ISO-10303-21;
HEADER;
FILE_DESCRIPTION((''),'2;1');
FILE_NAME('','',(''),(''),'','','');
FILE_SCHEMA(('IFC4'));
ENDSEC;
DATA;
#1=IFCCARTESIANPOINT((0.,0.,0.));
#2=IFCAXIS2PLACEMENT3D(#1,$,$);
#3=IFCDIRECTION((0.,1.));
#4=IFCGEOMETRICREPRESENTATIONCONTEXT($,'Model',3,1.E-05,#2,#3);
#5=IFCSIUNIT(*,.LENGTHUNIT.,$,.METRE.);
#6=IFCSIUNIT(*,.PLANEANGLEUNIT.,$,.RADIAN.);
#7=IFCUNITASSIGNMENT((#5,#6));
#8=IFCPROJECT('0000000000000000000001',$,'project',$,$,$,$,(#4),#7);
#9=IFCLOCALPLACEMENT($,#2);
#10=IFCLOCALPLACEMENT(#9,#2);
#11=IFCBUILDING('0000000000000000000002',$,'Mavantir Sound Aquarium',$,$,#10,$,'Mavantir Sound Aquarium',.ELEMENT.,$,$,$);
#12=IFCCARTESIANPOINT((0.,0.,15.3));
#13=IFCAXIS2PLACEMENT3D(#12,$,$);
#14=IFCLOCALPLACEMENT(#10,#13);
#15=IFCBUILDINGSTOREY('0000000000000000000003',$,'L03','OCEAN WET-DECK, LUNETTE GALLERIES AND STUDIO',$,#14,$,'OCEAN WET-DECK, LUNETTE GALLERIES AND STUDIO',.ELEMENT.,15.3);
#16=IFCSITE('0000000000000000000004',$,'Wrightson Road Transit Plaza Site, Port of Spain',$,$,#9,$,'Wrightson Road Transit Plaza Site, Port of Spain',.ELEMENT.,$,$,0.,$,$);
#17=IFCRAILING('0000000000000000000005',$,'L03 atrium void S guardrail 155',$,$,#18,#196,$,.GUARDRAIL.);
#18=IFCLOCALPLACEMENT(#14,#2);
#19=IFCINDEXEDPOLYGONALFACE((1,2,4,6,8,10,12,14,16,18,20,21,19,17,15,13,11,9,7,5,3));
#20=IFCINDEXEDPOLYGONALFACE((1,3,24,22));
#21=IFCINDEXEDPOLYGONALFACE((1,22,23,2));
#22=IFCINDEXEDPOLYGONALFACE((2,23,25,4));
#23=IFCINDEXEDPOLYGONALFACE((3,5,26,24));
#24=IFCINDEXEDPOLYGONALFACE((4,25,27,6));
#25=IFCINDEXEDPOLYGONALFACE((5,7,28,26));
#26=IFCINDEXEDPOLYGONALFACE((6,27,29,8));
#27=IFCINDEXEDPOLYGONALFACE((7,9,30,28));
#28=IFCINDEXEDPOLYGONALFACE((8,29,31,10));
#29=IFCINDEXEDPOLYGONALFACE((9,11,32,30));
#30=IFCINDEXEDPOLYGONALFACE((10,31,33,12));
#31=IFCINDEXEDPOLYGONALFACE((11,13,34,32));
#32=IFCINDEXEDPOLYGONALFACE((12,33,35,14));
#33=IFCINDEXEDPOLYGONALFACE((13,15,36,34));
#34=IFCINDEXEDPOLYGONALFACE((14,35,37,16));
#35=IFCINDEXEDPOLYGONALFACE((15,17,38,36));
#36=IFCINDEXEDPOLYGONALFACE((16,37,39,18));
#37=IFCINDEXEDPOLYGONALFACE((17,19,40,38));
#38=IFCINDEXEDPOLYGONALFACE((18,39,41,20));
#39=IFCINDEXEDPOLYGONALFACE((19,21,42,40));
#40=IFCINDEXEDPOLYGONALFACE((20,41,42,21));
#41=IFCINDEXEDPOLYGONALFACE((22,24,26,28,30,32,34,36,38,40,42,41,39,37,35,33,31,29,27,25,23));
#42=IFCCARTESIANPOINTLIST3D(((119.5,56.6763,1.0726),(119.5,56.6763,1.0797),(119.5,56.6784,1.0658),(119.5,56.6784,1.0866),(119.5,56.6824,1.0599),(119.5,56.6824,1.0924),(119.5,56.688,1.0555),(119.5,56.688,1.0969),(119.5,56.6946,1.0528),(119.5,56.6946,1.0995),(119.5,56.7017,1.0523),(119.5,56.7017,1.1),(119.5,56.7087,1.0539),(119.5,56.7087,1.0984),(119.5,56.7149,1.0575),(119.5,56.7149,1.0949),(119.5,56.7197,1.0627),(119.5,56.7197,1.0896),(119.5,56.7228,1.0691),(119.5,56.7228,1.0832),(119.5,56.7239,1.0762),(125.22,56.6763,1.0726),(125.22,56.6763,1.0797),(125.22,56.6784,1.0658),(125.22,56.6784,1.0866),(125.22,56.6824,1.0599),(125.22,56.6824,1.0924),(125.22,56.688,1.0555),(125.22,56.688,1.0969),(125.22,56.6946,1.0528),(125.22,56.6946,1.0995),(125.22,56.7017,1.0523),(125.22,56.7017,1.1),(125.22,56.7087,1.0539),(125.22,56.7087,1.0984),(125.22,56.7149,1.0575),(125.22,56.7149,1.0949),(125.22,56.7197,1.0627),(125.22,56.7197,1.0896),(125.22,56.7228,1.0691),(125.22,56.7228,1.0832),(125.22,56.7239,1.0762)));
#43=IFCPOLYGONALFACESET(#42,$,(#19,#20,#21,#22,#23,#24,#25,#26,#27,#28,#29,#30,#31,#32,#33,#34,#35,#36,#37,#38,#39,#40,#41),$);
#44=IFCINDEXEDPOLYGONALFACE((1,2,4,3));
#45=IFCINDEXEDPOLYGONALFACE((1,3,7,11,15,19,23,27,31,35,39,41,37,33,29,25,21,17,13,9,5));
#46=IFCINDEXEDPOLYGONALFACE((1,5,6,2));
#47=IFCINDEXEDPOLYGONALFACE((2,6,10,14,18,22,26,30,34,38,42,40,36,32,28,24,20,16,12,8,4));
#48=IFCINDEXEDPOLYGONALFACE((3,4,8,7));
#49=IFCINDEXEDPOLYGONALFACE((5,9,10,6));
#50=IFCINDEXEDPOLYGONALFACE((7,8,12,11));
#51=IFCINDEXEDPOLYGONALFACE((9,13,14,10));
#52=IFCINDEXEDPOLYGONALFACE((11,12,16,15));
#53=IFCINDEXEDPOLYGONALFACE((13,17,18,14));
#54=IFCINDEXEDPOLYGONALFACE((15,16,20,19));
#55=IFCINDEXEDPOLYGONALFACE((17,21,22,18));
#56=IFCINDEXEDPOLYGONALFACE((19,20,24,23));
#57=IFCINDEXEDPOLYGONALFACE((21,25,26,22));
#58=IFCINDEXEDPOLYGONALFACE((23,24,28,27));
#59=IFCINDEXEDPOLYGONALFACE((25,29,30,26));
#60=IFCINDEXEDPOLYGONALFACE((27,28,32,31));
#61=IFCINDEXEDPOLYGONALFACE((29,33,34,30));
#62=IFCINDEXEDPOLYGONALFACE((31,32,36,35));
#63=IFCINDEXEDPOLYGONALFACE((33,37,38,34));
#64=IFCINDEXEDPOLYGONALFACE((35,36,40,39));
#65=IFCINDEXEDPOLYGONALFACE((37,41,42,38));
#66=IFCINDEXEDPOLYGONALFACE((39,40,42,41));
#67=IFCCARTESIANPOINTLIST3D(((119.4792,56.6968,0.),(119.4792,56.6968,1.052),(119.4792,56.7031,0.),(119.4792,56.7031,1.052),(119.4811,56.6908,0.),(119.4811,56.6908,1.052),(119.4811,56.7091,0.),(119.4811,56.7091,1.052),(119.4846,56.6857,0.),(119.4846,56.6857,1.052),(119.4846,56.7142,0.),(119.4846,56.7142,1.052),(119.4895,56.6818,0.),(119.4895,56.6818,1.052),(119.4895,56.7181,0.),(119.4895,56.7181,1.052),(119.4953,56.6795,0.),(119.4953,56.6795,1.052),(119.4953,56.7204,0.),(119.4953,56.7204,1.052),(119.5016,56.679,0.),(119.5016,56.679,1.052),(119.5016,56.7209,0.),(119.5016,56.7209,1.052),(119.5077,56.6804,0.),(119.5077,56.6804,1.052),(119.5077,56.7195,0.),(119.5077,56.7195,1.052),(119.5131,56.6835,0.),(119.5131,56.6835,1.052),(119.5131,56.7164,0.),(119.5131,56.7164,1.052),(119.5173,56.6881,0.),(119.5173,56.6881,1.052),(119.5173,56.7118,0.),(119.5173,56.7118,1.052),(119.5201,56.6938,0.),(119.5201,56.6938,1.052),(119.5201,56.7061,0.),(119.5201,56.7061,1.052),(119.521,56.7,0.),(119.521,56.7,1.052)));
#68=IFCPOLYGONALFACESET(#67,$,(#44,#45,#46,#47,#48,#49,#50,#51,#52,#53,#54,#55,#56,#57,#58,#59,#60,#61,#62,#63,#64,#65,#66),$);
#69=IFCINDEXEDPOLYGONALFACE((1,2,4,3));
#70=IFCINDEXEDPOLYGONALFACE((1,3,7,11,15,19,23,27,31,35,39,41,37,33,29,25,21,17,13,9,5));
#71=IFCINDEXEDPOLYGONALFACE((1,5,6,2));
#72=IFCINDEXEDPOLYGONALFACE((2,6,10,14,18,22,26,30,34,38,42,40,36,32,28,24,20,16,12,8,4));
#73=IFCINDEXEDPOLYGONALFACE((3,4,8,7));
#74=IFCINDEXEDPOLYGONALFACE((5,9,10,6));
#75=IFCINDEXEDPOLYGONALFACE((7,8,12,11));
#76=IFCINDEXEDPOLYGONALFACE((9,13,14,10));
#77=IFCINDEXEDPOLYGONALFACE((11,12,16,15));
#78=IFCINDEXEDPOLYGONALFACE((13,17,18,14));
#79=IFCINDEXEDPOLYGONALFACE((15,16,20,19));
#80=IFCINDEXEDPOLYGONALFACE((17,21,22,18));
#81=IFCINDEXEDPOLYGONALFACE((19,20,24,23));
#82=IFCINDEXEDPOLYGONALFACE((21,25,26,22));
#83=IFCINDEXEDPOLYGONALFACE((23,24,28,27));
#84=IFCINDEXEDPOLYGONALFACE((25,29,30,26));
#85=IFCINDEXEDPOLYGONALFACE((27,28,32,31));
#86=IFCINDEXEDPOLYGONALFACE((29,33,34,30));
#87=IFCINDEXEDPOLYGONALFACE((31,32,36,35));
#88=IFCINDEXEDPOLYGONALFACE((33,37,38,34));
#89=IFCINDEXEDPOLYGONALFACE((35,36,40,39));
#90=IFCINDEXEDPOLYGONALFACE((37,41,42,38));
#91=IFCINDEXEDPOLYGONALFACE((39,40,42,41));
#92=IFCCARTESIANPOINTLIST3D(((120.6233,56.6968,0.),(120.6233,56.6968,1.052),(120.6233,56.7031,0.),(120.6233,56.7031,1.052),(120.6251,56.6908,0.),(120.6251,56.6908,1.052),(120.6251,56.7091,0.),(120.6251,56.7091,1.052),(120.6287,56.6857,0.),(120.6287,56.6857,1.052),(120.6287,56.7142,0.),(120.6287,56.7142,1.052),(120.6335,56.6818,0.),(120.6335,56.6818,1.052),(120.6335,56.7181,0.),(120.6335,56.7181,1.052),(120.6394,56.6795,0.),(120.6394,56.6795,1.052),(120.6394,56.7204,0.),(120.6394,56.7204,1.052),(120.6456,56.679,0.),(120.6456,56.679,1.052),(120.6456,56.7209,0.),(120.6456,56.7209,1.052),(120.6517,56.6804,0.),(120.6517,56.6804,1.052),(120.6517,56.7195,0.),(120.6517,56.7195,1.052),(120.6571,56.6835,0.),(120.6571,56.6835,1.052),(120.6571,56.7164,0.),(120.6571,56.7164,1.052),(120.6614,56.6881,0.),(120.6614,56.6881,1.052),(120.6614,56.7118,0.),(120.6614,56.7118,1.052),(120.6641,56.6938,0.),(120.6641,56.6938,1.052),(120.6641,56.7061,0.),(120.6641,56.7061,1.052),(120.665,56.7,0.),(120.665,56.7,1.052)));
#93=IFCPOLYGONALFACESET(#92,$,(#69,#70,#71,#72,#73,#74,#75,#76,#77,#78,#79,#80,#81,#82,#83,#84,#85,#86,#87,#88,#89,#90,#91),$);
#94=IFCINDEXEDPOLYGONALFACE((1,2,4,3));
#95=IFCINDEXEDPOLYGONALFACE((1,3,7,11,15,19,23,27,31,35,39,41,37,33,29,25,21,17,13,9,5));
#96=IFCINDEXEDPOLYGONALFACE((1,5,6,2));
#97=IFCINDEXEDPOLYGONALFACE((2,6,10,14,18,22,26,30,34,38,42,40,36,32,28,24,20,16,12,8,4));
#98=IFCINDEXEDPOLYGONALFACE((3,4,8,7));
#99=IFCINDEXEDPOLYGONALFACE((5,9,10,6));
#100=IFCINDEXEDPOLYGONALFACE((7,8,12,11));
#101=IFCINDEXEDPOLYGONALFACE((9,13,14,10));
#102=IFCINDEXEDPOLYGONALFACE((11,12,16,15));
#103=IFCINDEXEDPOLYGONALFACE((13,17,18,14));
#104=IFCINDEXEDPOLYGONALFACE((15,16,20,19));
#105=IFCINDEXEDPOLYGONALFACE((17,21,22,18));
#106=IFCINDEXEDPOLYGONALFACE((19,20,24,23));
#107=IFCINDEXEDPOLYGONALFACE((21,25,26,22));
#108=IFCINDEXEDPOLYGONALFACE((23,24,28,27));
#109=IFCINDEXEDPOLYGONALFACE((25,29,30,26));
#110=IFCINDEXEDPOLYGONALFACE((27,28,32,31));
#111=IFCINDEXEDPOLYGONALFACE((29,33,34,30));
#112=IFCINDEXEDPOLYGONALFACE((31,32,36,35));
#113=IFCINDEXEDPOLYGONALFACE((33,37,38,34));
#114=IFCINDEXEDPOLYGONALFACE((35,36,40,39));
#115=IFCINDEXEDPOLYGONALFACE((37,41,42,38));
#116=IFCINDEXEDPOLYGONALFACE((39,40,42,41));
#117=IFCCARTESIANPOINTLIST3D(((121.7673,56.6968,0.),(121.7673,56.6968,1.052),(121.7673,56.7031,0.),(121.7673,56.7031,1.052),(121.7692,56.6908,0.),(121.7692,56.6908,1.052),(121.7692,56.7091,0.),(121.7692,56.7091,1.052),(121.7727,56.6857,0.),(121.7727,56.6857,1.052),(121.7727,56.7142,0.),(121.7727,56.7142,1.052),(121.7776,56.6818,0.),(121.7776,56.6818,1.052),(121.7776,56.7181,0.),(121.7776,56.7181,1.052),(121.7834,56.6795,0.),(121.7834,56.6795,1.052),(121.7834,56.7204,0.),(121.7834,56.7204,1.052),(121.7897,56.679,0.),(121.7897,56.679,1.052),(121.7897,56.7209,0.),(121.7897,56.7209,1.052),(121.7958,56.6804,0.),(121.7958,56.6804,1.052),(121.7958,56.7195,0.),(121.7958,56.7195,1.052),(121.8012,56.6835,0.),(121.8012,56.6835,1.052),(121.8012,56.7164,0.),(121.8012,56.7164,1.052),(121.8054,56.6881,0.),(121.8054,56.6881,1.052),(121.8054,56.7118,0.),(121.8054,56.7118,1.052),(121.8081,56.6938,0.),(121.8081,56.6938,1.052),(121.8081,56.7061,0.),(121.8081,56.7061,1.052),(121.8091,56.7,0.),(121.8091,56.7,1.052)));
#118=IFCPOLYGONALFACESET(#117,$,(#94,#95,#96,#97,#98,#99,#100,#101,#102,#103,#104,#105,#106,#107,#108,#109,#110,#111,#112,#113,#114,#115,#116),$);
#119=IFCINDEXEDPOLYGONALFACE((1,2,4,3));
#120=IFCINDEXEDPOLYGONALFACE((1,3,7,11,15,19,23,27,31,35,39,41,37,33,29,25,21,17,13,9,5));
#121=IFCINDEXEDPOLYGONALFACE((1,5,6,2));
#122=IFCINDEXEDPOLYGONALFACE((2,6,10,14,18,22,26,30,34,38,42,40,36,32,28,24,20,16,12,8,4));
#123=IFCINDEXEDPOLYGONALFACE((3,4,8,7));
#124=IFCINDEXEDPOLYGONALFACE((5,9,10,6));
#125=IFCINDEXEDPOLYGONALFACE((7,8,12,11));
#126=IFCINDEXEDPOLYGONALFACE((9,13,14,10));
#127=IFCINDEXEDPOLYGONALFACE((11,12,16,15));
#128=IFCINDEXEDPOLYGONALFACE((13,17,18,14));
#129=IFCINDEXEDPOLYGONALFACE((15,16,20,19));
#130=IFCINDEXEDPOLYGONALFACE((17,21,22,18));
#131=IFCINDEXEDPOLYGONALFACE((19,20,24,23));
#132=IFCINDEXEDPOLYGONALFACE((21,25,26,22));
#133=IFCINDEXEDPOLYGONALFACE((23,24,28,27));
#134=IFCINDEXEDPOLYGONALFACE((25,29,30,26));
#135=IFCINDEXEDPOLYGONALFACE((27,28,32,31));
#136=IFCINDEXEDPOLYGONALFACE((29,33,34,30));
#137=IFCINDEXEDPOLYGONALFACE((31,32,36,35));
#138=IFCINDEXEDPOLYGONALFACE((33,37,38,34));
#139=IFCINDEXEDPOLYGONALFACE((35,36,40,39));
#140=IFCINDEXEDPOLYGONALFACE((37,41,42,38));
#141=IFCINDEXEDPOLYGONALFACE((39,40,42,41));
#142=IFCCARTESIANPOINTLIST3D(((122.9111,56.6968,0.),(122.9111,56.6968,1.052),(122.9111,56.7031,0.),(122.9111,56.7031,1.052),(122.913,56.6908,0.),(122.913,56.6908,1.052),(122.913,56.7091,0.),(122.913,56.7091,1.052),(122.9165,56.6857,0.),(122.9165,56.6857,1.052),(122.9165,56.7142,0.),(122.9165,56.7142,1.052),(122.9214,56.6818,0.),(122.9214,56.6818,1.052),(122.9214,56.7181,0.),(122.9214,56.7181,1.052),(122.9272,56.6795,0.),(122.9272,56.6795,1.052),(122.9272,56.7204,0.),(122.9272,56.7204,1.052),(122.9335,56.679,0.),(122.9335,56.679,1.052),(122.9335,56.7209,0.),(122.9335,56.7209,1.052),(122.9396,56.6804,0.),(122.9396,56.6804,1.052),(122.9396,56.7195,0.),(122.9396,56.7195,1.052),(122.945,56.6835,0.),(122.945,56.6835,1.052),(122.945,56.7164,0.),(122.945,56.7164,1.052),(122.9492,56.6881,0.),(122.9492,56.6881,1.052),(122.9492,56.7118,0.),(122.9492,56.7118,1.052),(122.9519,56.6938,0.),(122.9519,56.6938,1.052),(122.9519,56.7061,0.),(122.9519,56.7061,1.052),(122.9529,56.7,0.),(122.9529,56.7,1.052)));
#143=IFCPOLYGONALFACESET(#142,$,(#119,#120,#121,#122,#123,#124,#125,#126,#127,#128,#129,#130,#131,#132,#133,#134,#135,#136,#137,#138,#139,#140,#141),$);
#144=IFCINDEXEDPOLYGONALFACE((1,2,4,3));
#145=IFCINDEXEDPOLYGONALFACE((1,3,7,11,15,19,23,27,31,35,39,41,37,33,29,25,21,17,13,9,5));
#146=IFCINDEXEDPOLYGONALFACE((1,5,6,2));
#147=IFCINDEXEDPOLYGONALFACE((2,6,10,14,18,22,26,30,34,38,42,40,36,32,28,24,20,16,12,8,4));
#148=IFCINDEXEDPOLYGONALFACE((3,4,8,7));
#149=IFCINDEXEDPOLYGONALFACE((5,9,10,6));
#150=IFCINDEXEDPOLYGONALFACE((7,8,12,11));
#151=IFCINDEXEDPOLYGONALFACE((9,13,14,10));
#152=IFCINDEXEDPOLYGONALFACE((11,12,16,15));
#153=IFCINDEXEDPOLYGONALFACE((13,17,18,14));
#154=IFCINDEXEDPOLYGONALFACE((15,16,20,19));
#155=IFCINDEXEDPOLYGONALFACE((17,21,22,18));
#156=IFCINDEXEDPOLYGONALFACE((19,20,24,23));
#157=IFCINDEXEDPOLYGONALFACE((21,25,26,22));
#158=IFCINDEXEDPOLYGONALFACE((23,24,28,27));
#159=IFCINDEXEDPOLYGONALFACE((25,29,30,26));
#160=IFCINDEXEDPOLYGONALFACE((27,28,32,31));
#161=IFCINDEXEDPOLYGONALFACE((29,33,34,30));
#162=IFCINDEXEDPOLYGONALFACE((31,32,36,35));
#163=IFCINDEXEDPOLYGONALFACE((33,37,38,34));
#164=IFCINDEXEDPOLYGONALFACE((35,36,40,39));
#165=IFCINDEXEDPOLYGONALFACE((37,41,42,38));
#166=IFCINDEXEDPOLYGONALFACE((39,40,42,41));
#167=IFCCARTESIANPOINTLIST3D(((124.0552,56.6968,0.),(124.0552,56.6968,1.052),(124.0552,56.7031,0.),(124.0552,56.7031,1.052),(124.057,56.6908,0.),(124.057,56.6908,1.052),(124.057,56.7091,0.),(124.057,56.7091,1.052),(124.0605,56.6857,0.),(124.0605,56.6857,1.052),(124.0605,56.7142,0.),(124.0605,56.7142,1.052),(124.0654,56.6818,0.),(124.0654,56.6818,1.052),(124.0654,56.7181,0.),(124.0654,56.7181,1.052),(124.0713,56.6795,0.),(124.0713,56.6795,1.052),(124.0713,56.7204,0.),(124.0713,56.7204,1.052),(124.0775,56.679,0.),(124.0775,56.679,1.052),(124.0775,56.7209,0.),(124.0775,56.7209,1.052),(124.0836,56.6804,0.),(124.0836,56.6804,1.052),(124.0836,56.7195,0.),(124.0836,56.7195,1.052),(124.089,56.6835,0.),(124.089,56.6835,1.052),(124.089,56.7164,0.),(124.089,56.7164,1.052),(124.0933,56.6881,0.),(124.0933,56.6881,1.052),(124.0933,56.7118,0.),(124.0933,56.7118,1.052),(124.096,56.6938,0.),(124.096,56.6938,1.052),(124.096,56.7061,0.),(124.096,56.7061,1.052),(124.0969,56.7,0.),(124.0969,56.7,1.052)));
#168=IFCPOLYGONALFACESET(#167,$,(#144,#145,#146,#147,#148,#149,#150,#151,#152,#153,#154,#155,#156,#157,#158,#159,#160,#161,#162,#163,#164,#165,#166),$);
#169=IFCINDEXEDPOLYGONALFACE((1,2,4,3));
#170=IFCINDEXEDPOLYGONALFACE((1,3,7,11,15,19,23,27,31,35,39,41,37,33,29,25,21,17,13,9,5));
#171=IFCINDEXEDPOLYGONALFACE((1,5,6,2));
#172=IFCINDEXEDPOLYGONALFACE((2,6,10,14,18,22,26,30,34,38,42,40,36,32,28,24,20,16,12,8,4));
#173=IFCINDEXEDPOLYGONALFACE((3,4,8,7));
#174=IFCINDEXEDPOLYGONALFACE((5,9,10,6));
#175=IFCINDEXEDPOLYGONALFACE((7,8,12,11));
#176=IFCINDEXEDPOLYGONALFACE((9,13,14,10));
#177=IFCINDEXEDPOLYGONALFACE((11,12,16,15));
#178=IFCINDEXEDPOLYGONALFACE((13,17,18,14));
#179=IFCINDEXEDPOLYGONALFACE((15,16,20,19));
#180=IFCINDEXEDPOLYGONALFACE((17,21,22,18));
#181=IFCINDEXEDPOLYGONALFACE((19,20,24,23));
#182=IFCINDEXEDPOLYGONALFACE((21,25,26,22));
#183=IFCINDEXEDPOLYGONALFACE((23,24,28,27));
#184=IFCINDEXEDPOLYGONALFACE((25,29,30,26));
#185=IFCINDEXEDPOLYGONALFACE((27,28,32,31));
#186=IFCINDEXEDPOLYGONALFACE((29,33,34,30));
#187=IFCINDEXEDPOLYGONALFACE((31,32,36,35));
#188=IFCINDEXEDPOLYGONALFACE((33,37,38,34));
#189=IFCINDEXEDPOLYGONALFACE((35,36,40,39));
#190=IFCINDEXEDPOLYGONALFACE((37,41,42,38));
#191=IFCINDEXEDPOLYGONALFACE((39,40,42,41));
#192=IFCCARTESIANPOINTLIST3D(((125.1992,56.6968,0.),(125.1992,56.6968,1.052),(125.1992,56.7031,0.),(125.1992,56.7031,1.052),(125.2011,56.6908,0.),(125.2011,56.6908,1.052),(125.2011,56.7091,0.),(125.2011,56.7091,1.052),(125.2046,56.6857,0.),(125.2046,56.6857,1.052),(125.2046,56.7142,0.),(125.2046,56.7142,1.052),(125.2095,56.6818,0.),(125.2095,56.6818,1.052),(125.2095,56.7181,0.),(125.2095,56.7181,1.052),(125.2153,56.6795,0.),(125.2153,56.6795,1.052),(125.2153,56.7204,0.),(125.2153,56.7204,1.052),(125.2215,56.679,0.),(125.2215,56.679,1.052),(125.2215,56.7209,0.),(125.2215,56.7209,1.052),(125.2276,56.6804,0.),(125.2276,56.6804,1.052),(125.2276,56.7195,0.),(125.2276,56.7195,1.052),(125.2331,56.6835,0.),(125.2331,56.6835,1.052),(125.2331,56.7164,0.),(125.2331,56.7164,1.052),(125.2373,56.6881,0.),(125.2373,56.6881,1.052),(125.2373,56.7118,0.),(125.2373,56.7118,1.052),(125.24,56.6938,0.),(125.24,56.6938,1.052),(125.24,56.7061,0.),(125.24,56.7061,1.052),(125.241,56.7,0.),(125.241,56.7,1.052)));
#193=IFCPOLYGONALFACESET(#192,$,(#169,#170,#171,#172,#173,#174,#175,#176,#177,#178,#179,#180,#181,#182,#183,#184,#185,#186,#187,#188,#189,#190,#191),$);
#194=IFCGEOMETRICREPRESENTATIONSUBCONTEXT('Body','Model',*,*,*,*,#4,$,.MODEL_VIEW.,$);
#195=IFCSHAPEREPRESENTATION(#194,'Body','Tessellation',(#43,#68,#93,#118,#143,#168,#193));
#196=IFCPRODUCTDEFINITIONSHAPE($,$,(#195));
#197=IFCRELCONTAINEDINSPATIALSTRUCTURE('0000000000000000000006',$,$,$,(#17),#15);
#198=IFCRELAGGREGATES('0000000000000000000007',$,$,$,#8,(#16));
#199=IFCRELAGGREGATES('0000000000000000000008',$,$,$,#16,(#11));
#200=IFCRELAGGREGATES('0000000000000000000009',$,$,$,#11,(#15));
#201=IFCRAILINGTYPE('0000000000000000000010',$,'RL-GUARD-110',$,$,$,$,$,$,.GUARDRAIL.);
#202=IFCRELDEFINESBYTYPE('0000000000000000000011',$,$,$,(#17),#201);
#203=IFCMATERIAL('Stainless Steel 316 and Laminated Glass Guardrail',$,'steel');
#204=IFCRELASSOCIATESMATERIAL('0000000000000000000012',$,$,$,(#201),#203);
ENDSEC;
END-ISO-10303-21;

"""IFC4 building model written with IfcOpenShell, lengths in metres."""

from ifc_helpers import new_model, si_unit, direction, frame, origin, origin_2d, place, context, subcontext, project, spatial, circle, extrude, material, type_object, element, save


model = new_model("IFC4")

# Units and contexts
model_context = context("Model", 3, precision=1e-05, world=origin(), true_north=direction((0.0, 1.0)))
body_context = subcontext(model_context, "Body", "Model", "MODEL_VIEW")
ifc_project = project(units=[si_unit("LENGTHUNIT", "METRE"), si_unit("PLANEANGLEUNIT", "RADIAN")], contexts=[model_context])

# Site, building, storey
site_placement = place(None, origin())
site = spatial("IfcSite", under=ifc_project, at=site_placement, Name="Wrightson Road Transit Plaza Site, Port of Spain", LongName="Wrightson Road Transit Plaza Site, Port of Spain", CompositionType="ELEMENT", RefElevation=0.0)
building_placement = place(site_placement, origin())
building = spatial("IfcBuilding", under=site, at=building_placement, Name="Mavantir Sound Aquarium", LongName="Mavantir Sound Aquarium", CompositionType="ELEMENT")
storey_placement = place(building_placement, frame((0.0, 0.0, 15.3)))
storey = spatial("IfcBuildingStorey", under=building, at=storey_placement, Name="L03", Description="OCEAN WET-DECK, LUNETTE GALLERIES AND STUDIO", LongName="OCEAN WET-DECK, LUNETTE GALLERIES AND STUDIO", CompositionType="ELEMENT", Elevation=15.3)

# Railing
ifc_material_1 = material(Name="Stainless Steel 316 and Laminated Glass Guardrail", Category="steel")
railing_type = type_object("IfcRailingType", Name="RL-GUARD-110", PredefinedType="GUARDRAIL", material=ifc_material_1)
railing_1_placement = place(storey_placement, frame((119.5, 56.7, 0.0)))
element("IfcRailing", 1, at=railing_1_placement, inside=storey, type_object=railing_type, Name="L03 atrium void S guardrail 155", PredefinedType="GUARDRAIL", context=body_context, shape_type="SweptSolid", body=[
    extrude(circle(Radius=0.0239, at=origin_2d()), frame((0.0, 0.0, 1.0762), z_axis=(1.0, 0.0, 0.0), x_axis=(0.0, 1.0, 0.0)), (0.0, 0.0, 1.0), 5.72),
    extrude(circle(Radius=0.021, at=origin_2d()), origin(), (0.0, 0.0, 1.0), 1.052),
    extrude(circle(Radius=0.021, at=origin_2d()), frame((1.144, 0.0, 0.0)), (0.0, 0.0, 1.0), 1.052),
    extrude(circle(Radius=0.021, at=origin_2d()), frame((2.2881, 0.0, 0.0)), (0.0, 0.0, 1.0), 1.052),
    extrude(circle(Radius=0.021, at=origin_2d()), frame((3.4319, 0.0, 0.0)), (0.0, 0.0, 1.0), 1.052),
    extrude(circle(Radius=0.021, at=origin_2d()), frame((4.5759, 0.0, 0.0)), (0.0, 0.0, 1.0), 1.052),
    extrude(circle(Radius=0.021, at=origin_2d()), frame((5.72, 0.0, 0.0)), (0.0, 0.0, 1.0), 1.052),
])

save(model, "model.ifc")
